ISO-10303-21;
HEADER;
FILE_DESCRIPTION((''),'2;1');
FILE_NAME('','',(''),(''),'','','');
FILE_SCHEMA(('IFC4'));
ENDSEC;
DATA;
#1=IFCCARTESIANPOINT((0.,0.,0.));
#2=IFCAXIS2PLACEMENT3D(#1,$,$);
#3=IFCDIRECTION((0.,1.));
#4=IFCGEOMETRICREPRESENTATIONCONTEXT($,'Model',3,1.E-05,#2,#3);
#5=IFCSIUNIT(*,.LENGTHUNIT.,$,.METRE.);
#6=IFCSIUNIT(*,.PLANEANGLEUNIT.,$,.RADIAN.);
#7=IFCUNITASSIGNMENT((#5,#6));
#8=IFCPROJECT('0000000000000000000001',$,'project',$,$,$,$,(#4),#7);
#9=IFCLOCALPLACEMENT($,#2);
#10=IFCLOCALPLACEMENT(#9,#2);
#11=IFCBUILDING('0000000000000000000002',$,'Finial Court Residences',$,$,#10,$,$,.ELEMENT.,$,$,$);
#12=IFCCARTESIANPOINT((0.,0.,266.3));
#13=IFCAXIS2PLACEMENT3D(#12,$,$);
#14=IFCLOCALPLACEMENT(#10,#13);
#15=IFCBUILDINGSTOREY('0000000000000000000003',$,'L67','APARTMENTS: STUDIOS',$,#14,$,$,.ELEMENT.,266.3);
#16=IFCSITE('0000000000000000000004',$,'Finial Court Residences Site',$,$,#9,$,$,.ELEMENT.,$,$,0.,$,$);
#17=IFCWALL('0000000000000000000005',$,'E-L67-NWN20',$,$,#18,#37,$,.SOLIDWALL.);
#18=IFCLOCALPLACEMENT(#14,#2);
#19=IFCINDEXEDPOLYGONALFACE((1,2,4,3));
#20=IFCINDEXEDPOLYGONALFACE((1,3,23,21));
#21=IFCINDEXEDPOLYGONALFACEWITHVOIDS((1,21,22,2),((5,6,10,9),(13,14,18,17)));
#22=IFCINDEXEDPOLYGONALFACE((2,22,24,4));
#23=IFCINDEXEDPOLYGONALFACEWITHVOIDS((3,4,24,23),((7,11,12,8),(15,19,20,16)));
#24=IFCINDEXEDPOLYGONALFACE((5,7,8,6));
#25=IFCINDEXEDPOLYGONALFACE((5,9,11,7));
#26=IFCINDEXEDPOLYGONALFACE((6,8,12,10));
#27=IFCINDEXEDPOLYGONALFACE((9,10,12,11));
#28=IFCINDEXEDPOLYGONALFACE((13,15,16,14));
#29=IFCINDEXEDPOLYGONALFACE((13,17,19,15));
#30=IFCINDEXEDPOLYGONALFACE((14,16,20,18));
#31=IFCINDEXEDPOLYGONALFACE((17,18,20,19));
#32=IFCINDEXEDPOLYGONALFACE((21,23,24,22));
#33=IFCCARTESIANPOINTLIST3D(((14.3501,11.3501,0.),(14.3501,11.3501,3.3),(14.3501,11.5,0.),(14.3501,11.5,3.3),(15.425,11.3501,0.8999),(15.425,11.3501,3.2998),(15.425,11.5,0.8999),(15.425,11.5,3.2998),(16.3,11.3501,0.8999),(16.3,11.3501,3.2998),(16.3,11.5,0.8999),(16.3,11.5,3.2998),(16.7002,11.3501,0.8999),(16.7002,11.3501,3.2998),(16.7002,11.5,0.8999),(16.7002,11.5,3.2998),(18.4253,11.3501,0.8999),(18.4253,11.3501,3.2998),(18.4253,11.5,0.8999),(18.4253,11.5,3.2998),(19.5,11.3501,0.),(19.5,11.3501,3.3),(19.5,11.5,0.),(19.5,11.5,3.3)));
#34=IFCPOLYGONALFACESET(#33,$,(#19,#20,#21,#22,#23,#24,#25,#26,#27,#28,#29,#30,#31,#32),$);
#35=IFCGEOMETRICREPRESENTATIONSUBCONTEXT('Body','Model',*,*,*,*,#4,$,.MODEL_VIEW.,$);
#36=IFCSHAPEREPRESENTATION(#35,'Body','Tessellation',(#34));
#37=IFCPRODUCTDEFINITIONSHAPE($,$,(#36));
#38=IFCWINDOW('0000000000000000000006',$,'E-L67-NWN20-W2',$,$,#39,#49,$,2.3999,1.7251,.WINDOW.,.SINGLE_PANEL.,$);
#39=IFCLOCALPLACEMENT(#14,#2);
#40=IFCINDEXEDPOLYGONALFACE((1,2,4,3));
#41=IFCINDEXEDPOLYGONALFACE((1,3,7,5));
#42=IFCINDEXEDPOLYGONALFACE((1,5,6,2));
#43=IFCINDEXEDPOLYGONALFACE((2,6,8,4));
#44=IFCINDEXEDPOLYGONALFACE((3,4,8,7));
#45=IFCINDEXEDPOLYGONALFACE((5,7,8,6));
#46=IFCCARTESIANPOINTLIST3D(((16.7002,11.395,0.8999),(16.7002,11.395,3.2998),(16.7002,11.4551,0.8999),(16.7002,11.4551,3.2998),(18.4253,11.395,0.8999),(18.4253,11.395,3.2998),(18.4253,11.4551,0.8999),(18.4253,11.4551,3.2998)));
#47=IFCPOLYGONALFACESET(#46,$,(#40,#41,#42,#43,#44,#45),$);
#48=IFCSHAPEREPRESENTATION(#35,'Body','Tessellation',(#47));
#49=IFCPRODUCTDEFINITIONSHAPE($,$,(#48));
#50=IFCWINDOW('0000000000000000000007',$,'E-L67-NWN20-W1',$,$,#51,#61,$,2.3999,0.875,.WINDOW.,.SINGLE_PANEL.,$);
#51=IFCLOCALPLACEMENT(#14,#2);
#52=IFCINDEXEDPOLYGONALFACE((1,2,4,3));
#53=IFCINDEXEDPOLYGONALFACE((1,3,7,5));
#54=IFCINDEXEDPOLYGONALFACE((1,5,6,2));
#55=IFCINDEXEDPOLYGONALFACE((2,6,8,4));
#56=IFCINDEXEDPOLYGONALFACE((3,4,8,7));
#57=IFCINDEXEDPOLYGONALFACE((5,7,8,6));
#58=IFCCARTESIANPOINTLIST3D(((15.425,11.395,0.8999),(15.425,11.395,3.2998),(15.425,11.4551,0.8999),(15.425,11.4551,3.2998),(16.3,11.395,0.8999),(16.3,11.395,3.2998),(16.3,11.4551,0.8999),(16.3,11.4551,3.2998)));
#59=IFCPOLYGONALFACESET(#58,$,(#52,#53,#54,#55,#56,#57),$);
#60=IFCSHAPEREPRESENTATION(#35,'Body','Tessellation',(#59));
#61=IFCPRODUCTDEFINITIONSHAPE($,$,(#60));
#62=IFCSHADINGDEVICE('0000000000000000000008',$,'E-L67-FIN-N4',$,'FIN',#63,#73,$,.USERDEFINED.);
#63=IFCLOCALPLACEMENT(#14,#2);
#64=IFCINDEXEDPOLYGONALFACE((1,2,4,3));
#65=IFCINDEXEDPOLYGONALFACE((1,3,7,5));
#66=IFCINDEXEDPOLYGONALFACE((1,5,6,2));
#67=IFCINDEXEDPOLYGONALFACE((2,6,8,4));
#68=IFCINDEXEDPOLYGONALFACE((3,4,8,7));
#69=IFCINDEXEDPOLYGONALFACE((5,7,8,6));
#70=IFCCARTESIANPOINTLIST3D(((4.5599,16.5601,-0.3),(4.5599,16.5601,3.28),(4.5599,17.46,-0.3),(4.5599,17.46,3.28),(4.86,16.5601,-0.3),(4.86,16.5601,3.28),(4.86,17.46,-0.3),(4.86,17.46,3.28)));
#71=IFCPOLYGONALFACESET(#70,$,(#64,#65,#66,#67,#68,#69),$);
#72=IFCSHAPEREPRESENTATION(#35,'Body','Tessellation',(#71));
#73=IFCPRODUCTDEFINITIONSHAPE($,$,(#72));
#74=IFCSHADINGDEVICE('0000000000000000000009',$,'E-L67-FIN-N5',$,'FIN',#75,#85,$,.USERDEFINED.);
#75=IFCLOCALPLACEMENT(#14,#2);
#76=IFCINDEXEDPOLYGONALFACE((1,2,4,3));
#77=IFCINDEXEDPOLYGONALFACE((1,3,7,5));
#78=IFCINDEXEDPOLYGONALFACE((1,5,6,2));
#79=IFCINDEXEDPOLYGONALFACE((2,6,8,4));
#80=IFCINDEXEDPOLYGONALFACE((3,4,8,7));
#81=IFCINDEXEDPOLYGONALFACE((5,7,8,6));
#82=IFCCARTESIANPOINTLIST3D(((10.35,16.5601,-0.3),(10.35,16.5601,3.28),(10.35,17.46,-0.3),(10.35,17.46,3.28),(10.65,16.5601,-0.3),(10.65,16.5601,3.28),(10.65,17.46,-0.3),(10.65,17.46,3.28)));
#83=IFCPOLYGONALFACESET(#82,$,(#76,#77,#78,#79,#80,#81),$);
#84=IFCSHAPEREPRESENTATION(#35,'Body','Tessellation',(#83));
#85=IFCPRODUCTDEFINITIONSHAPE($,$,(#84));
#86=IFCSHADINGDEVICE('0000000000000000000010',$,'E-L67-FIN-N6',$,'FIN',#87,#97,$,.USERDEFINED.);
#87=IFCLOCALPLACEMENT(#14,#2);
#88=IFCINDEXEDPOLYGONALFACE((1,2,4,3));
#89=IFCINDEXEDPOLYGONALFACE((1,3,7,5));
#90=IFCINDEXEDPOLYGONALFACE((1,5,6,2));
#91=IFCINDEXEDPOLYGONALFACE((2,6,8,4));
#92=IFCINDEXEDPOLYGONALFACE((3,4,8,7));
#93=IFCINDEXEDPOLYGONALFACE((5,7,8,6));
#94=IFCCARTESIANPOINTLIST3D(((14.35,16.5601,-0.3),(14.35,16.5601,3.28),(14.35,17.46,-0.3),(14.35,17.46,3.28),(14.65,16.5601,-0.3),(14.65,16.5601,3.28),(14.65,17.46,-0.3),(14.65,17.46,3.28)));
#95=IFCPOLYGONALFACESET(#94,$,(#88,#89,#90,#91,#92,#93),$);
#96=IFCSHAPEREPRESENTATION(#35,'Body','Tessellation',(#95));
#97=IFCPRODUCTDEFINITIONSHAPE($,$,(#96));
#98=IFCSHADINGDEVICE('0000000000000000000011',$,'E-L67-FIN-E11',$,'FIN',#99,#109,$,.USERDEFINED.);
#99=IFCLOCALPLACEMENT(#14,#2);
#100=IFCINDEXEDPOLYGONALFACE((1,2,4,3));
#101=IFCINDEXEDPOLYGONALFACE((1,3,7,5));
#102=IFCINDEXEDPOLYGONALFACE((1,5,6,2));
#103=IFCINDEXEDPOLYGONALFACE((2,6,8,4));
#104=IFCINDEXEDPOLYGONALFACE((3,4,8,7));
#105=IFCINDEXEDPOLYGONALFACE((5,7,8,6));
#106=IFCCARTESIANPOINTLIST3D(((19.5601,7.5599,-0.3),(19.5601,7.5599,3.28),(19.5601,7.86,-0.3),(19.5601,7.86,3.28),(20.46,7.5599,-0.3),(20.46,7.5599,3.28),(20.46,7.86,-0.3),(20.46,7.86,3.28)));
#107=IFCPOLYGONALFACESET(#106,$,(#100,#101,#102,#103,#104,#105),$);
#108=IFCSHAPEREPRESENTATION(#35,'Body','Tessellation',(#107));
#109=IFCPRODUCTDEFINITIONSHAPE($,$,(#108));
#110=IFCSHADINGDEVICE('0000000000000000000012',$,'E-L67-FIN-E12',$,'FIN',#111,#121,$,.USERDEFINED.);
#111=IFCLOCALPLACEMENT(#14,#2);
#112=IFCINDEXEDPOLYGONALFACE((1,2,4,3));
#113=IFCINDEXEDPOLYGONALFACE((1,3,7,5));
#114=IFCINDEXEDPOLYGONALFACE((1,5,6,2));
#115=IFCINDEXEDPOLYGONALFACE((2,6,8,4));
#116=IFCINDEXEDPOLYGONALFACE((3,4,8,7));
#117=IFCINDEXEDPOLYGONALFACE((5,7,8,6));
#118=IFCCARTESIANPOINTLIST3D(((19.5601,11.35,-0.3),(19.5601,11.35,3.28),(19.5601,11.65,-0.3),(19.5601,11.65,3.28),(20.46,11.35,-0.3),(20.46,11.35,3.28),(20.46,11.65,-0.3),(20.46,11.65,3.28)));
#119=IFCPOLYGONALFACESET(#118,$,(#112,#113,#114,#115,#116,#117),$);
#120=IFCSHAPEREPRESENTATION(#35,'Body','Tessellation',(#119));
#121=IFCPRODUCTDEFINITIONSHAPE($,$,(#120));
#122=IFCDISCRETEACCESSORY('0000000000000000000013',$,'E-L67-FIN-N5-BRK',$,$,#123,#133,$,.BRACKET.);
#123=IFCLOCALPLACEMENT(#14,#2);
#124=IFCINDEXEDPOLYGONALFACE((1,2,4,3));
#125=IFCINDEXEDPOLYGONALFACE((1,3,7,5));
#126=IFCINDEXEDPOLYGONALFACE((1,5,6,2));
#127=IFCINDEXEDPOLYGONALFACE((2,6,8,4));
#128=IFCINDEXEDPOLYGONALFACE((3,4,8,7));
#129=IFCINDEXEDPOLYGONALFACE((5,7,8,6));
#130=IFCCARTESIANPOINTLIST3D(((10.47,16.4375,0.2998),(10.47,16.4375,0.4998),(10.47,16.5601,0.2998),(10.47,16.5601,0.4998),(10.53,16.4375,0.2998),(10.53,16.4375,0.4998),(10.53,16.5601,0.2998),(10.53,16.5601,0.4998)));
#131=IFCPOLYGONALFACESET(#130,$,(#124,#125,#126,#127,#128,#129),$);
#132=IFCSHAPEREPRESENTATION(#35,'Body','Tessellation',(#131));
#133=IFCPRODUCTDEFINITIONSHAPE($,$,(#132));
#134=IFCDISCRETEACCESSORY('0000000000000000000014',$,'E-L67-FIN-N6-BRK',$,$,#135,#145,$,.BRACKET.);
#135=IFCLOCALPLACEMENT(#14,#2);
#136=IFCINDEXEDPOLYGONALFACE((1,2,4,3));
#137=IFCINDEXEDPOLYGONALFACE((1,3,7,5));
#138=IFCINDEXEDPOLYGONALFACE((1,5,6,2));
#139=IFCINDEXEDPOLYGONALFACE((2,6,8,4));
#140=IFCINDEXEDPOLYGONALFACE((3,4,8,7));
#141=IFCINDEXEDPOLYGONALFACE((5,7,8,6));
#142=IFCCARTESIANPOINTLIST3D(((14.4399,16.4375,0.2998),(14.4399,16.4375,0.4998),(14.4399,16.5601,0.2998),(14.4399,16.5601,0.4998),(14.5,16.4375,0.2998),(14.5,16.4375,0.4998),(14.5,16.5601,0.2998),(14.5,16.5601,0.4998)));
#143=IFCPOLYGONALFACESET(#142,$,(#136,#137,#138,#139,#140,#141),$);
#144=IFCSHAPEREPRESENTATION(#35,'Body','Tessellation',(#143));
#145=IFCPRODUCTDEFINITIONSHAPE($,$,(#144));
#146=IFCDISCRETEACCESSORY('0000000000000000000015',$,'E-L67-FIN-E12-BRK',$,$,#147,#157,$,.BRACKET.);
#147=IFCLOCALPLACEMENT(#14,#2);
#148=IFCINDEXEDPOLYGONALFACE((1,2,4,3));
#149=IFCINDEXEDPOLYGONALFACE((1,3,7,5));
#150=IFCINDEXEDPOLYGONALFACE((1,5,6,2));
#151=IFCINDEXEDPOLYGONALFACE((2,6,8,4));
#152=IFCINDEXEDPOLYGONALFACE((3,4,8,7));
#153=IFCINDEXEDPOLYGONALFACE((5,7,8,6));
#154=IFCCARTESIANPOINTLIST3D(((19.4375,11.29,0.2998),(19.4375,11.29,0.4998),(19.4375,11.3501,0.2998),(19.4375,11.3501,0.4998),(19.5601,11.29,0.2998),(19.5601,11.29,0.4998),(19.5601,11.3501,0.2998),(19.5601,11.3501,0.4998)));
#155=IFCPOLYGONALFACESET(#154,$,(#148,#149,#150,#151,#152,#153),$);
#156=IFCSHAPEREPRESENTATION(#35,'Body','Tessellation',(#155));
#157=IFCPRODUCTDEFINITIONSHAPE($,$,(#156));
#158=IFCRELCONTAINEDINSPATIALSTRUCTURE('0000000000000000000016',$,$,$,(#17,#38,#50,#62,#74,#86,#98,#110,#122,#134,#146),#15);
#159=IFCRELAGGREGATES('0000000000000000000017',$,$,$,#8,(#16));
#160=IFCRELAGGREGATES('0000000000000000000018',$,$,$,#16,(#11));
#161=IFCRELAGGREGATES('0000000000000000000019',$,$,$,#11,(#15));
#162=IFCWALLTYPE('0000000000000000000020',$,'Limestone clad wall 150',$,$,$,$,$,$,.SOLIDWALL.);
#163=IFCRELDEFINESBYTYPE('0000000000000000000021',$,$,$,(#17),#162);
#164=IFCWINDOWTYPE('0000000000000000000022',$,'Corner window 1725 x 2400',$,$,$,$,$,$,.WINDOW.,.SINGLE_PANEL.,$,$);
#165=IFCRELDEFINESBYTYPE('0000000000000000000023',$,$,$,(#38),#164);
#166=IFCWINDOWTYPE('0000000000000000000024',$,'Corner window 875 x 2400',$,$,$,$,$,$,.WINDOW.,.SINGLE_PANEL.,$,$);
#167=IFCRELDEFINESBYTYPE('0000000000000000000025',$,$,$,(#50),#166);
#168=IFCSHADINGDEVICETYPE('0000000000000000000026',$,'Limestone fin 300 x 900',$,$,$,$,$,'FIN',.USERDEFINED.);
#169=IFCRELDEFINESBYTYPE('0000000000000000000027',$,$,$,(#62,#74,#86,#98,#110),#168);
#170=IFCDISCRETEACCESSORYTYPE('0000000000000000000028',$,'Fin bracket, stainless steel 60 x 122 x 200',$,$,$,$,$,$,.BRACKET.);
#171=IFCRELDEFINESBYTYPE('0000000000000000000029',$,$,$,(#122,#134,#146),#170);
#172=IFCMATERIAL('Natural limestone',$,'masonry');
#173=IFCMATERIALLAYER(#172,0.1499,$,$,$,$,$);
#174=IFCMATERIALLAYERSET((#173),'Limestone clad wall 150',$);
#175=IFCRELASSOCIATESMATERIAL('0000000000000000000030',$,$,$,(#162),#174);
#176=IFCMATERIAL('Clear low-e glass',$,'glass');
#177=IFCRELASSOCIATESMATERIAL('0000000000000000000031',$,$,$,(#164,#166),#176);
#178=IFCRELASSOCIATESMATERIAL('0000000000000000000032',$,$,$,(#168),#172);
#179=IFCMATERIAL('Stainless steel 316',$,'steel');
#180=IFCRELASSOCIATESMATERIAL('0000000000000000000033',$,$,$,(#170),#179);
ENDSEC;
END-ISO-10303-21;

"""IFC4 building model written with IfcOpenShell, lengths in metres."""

from ifc_helpers import new_model, si_unit, direction, frame, frame_2d, origin, origin_2d, place, context, subcontext, project, spatial, rectangle, extrude, material, layer, layer_set, type_object, element, fill, save


model = new_model("IFC4")

# Units and contexts
model_context = context("Model", 3, precision=1e-05, world=origin(), true_north=direction((0.0, 1.0)))
body_context = subcontext(model_context, "Body", "Model", "MODEL_VIEW")
ifc_project = project(units=[si_unit("LENGTHUNIT", "METRE"), si_unit("PLANEANGLEUNIT", "RADIAN")], contexts=[model_context])

# Site, building, storey
site_placement = place(None, origin())
site = spatial("IfcSite", under=ifc_project, at=site_placement, Name="Finial Court Residences Site", CompositionType="ELEMENT", RefElevation=0.0)
building_placement = place(site_placement, origin())
building = spatial("IfcBuilding", under=site, at=building_placement, Name="Finial Court Residences", CompositionType="ELEMENT")
storey_placement = place(building_placement, frame((0.0, 0.0, 266.3)))
storey = spatial("IfcBuildingStorey", under=building, at=storey_placement, Name="L67", Description="APARTMENTS: STUDIOS", CompositionType="ELEMENT", Elevation=266.3)

# Shared definitions
ifc_material_1 = material(Name="Clear low-e glass", Category="glass")

# Shared definitions
ifc_material_2 = material(Name="Natural limestone", Category="masonry")
ifc_layer_1 = layer(ifc_material_2, 0.1499)
ifc_layer_set_1 = layer_set([ifc_layer_1], Name="Limestone clad wall 150")
wall_type = type_object("IfcWallType", Name="Limestone clad wall 150", PredefinedType="SOLIDWALL", material=ifc_layer_set_1)

# Wall, openings, windows
wall_1_placement = place(storey_placement, frame((14.3501, 11.425, 0.0), z_axis=(0.0, 0.0, 1.0), x_axis=(1.0, 0.0, 0.0)))
wall_1 = element("IfcWall", 1, at=wall_1_placement, inside=storey, type_object=wall_type, Name="E-L67-NWN20", PredefinedType="SOLIDWALL", context=body_context, shape_type="SweptSolid", body=[
    extrude(rectangle(XDim=5.1499, YDim=0.1499, at=frame_2d((2.575, 0.0))), origin(), (0.0, 0.0, 1.0), 3.3),
])
opening_1_placement = place(wall_1_placement, frame((1.075, 0.0, 0.8999)))
opening_1 = element("IfcOpeningElement", 2, at=opening_1_placement, cuts=wall_1, PredefinedType="OPENING", context=body_context, shape_type="SweptSolid", body=[
    extrude(rectangle(XDim=0.875, YDim=2.3999, at=frame_2d((0.4375, 1.2))), frame((0.0, 0.085, 0.0), z_axis=(0.0, -1.0, 0.0), x_axis=(1.0, 0.0, 0.0)), (0.0, 0.0, 1.0), 0.1699),
])
opening_2_placement = place(wall_1_placement, frame((2.3501, 0.0, 0.8999)))
opening_2 = element("IfcOpeningElement", 3, at=opening_2_placement, cuts=wall_1, PredefinedType="OPENING", context=body_context, shape_type="SweptSolid", body=[
    extrude(rectangle(XDim=1.7251, YDim=2.3999, at=frame_2d((0.8625, 1.2))), frame((0.0, 0.085, 0.0), z_axis=(0.0, -1.0, 0.0), x_axis=(1.0, 0.0, 0.0)), (0.0, 0.0, 1.0), 0.1699),
])
window_type_1 = type_object("IfcWindowType", Name="Corner window 1725 x 2400", PartitioningType="SINGLE_PANEL", PredefinedType="WINDOW", material=ifc_material_1)
window_1_placement = place(opening_2_placement, origin())
window_1 = element("IfcWindow", 4, at=window_1_placement, inside=storey, type_object=window_type_1, Name="E-L67-NWN20-W2", OverallHeight=2.3999, OverallWidth=1.7251, PartitioningType="SINGLE_PANEL", PredefinedType="WINDOW", context=body_context, shape_type="SweptSolid", body=[
    extrude(rectangle(XDim=1.7251, YDim=2.3999, at=frame_2d((0.8625, 1.2))), frame((0.0, 0.03, 0.0), z_axis=(0.0, -1.0, 0.0), x_axis=(1.0, 0.0, 0.0)), (0.0, 0.0, 1.0), 0.0601),
])
fill(opening_2, window_1)
window_type_2 = type_object("IfcWindowType", Name="Corner window 875 x 2400", PartitioningType="SINGLE_PANEL", PredefinedType="WINDOW", material=ifc_material_1)
window_2_placement = place(opening_1_placement, origin())
window_2 = element("IfcWindow", 5, at=window_2_placement, inside=storey, type_object=window_type_2, Name="E-L67-NWN20-W1", OverallHeight=2.3999, OverallWidth=0.875, PartitioningType="SINGLE_PANEL", PredefinedType="WINDOW", context=body_context, shape_type="SweptSolid", body=[
    extrude(rectangle(XDim=0.875, YDim=2.3999, at=frame_2d((0.4375, 1.2))), frame((0.0, 0.03, 0.0), z_axis=(0.0, -1.0, 0.0), x_axis=(1.0, 0.0, 0.0)), (0.0, 0.0, 1.0), 0.0601),
])
fill(opening_1, window_2)

# Shading devices
shading_device_type = type_object("IfcShadingDeviceType", Name="Limestone fin 300 x 900", ElementType="FIN", PredefinedType="USERDEFINED", material=ifc_material_2)
for number, where, z_axis, x_axis, name in (
    (6, (4.71, 17.01, -0.3), (0.0, 0.0, 1.0), (1.0, 0.0, 0.0), "E-L67-FIN-N4"),
    (7, (10.5, 17.01, -0.3), (0.0, 0.0, 1.0), (1.0, 0.0, 0.0), "E-L67-FIN-N5"),
    (8, (14.5, 17.01, -0.3), (0.0, 0.0, 1.0), (1.0, 0.0, 0.0), "E-L67-FIN-N6"),
):
    element("IfcShadingDevice", number, at=place(storey_placement, frame(where, z_axis=z_axis, x_axis=x_axis)), inside=storey, type_object=shading_device_type, Name=name, ObjectType="FIN", PredefinedType="USERDEFINED", context=body_context, shape_type="SweptSolid", body=[
        extrude(rectangle(XDim=0.3, YDim=0.8999, at=origin_2d()), origin(), (0.0, 0.0, 1.0), 3.5801),
    ])
for number, where, z_axis, x_axis, name in (
    (9, (20.01, 7.71, -0.3), (0.0, 0.0, 1.0), (1.0, 0.0, 0.0), "E-L67-FIN-E11"),
    (10, (20.01, 11.5, -0.3), (0.0, 0.0, 1.0), (1.0, 0.0, 0.0), "E-L67-FIN-E12"),
):
    element("IfcShadingDevice", number, at=place(storey_placement, frame(where, z_axis=z_axis, x_axis=x_axis)), inside=storey, type_object=shading_device_type, Name=name, ObjectType="FIN", PredefinedType="USERDEFINED", context=body_context, shape_type="SweptSolid", body=[
        extrude(rectangle(XDim=0.8999, YDim=0.3, at=origin_2d()), origin(), (0.0, 0.0, 1.0), 3.5801),
    ])

# Discrete accessories
ifc_material_3 = material(Name="Stainless steel 316", Category="steel")
discrete_accessory_type = type_object("IfcDiscreteAccessoryType", Name="Fin bracket, stainless steel 60 x 122 x 200", PredefinedType="BRACKET", material=ifc_material_3)
for number, where, z_axis, x_axis, name in (
    (11, (10.5, 16.4988, 0.2998), (0.0, 0.0, 1.0), (1.0, 0.0, 0.0), "E-L67-FIN-N5-BRK"),
    (12, (14.47, 16.4988, 0.2998), (0.0, 0.0, 1.0), (1.0, 0.0, 0.0), "E-L67-FIN-N6-BRK"),
):
    element("IfcDiscreteAccessory", number, at=place(storey_placement, frame(where, z_axis=z_axis, x_axis=x_axis)), inside=storey, type_object=discrete_accessory_type, Name=name, PredefinedType="BRACKET", context=body_context, shape_type="SweptSolid", body=[
        extrude(rectangle(XDim=0.0601, YDim=0.1226, at=origin_2d()), origin(), (0.0, 0.0, 1.0), 0.2),
    ])
discrete_accessory_placement = place(storey_placement, frame((19.4988, 11.3201, 0.2998), z_axis=(0.0, 0.0, 1.0), x_axis=(1.0, 0.0, 0.0)))
element("IfcDiscreteAccessory", 13, at=discrete_accessory_placement, inside=storey, type_object=discrete_accessory_type, Name="E-L67-FIN-E12-BRK", PredefinedType="BRACKET", context=body_context, shape_type="SweptSolid", body=[
    extrude(rectangle(XDim=0.1226, YDim=0.0601, at=origin_2d()), origin(), (0.0, 0.0, 1.0), 0.2),
])

save(model, "model.ifc")
